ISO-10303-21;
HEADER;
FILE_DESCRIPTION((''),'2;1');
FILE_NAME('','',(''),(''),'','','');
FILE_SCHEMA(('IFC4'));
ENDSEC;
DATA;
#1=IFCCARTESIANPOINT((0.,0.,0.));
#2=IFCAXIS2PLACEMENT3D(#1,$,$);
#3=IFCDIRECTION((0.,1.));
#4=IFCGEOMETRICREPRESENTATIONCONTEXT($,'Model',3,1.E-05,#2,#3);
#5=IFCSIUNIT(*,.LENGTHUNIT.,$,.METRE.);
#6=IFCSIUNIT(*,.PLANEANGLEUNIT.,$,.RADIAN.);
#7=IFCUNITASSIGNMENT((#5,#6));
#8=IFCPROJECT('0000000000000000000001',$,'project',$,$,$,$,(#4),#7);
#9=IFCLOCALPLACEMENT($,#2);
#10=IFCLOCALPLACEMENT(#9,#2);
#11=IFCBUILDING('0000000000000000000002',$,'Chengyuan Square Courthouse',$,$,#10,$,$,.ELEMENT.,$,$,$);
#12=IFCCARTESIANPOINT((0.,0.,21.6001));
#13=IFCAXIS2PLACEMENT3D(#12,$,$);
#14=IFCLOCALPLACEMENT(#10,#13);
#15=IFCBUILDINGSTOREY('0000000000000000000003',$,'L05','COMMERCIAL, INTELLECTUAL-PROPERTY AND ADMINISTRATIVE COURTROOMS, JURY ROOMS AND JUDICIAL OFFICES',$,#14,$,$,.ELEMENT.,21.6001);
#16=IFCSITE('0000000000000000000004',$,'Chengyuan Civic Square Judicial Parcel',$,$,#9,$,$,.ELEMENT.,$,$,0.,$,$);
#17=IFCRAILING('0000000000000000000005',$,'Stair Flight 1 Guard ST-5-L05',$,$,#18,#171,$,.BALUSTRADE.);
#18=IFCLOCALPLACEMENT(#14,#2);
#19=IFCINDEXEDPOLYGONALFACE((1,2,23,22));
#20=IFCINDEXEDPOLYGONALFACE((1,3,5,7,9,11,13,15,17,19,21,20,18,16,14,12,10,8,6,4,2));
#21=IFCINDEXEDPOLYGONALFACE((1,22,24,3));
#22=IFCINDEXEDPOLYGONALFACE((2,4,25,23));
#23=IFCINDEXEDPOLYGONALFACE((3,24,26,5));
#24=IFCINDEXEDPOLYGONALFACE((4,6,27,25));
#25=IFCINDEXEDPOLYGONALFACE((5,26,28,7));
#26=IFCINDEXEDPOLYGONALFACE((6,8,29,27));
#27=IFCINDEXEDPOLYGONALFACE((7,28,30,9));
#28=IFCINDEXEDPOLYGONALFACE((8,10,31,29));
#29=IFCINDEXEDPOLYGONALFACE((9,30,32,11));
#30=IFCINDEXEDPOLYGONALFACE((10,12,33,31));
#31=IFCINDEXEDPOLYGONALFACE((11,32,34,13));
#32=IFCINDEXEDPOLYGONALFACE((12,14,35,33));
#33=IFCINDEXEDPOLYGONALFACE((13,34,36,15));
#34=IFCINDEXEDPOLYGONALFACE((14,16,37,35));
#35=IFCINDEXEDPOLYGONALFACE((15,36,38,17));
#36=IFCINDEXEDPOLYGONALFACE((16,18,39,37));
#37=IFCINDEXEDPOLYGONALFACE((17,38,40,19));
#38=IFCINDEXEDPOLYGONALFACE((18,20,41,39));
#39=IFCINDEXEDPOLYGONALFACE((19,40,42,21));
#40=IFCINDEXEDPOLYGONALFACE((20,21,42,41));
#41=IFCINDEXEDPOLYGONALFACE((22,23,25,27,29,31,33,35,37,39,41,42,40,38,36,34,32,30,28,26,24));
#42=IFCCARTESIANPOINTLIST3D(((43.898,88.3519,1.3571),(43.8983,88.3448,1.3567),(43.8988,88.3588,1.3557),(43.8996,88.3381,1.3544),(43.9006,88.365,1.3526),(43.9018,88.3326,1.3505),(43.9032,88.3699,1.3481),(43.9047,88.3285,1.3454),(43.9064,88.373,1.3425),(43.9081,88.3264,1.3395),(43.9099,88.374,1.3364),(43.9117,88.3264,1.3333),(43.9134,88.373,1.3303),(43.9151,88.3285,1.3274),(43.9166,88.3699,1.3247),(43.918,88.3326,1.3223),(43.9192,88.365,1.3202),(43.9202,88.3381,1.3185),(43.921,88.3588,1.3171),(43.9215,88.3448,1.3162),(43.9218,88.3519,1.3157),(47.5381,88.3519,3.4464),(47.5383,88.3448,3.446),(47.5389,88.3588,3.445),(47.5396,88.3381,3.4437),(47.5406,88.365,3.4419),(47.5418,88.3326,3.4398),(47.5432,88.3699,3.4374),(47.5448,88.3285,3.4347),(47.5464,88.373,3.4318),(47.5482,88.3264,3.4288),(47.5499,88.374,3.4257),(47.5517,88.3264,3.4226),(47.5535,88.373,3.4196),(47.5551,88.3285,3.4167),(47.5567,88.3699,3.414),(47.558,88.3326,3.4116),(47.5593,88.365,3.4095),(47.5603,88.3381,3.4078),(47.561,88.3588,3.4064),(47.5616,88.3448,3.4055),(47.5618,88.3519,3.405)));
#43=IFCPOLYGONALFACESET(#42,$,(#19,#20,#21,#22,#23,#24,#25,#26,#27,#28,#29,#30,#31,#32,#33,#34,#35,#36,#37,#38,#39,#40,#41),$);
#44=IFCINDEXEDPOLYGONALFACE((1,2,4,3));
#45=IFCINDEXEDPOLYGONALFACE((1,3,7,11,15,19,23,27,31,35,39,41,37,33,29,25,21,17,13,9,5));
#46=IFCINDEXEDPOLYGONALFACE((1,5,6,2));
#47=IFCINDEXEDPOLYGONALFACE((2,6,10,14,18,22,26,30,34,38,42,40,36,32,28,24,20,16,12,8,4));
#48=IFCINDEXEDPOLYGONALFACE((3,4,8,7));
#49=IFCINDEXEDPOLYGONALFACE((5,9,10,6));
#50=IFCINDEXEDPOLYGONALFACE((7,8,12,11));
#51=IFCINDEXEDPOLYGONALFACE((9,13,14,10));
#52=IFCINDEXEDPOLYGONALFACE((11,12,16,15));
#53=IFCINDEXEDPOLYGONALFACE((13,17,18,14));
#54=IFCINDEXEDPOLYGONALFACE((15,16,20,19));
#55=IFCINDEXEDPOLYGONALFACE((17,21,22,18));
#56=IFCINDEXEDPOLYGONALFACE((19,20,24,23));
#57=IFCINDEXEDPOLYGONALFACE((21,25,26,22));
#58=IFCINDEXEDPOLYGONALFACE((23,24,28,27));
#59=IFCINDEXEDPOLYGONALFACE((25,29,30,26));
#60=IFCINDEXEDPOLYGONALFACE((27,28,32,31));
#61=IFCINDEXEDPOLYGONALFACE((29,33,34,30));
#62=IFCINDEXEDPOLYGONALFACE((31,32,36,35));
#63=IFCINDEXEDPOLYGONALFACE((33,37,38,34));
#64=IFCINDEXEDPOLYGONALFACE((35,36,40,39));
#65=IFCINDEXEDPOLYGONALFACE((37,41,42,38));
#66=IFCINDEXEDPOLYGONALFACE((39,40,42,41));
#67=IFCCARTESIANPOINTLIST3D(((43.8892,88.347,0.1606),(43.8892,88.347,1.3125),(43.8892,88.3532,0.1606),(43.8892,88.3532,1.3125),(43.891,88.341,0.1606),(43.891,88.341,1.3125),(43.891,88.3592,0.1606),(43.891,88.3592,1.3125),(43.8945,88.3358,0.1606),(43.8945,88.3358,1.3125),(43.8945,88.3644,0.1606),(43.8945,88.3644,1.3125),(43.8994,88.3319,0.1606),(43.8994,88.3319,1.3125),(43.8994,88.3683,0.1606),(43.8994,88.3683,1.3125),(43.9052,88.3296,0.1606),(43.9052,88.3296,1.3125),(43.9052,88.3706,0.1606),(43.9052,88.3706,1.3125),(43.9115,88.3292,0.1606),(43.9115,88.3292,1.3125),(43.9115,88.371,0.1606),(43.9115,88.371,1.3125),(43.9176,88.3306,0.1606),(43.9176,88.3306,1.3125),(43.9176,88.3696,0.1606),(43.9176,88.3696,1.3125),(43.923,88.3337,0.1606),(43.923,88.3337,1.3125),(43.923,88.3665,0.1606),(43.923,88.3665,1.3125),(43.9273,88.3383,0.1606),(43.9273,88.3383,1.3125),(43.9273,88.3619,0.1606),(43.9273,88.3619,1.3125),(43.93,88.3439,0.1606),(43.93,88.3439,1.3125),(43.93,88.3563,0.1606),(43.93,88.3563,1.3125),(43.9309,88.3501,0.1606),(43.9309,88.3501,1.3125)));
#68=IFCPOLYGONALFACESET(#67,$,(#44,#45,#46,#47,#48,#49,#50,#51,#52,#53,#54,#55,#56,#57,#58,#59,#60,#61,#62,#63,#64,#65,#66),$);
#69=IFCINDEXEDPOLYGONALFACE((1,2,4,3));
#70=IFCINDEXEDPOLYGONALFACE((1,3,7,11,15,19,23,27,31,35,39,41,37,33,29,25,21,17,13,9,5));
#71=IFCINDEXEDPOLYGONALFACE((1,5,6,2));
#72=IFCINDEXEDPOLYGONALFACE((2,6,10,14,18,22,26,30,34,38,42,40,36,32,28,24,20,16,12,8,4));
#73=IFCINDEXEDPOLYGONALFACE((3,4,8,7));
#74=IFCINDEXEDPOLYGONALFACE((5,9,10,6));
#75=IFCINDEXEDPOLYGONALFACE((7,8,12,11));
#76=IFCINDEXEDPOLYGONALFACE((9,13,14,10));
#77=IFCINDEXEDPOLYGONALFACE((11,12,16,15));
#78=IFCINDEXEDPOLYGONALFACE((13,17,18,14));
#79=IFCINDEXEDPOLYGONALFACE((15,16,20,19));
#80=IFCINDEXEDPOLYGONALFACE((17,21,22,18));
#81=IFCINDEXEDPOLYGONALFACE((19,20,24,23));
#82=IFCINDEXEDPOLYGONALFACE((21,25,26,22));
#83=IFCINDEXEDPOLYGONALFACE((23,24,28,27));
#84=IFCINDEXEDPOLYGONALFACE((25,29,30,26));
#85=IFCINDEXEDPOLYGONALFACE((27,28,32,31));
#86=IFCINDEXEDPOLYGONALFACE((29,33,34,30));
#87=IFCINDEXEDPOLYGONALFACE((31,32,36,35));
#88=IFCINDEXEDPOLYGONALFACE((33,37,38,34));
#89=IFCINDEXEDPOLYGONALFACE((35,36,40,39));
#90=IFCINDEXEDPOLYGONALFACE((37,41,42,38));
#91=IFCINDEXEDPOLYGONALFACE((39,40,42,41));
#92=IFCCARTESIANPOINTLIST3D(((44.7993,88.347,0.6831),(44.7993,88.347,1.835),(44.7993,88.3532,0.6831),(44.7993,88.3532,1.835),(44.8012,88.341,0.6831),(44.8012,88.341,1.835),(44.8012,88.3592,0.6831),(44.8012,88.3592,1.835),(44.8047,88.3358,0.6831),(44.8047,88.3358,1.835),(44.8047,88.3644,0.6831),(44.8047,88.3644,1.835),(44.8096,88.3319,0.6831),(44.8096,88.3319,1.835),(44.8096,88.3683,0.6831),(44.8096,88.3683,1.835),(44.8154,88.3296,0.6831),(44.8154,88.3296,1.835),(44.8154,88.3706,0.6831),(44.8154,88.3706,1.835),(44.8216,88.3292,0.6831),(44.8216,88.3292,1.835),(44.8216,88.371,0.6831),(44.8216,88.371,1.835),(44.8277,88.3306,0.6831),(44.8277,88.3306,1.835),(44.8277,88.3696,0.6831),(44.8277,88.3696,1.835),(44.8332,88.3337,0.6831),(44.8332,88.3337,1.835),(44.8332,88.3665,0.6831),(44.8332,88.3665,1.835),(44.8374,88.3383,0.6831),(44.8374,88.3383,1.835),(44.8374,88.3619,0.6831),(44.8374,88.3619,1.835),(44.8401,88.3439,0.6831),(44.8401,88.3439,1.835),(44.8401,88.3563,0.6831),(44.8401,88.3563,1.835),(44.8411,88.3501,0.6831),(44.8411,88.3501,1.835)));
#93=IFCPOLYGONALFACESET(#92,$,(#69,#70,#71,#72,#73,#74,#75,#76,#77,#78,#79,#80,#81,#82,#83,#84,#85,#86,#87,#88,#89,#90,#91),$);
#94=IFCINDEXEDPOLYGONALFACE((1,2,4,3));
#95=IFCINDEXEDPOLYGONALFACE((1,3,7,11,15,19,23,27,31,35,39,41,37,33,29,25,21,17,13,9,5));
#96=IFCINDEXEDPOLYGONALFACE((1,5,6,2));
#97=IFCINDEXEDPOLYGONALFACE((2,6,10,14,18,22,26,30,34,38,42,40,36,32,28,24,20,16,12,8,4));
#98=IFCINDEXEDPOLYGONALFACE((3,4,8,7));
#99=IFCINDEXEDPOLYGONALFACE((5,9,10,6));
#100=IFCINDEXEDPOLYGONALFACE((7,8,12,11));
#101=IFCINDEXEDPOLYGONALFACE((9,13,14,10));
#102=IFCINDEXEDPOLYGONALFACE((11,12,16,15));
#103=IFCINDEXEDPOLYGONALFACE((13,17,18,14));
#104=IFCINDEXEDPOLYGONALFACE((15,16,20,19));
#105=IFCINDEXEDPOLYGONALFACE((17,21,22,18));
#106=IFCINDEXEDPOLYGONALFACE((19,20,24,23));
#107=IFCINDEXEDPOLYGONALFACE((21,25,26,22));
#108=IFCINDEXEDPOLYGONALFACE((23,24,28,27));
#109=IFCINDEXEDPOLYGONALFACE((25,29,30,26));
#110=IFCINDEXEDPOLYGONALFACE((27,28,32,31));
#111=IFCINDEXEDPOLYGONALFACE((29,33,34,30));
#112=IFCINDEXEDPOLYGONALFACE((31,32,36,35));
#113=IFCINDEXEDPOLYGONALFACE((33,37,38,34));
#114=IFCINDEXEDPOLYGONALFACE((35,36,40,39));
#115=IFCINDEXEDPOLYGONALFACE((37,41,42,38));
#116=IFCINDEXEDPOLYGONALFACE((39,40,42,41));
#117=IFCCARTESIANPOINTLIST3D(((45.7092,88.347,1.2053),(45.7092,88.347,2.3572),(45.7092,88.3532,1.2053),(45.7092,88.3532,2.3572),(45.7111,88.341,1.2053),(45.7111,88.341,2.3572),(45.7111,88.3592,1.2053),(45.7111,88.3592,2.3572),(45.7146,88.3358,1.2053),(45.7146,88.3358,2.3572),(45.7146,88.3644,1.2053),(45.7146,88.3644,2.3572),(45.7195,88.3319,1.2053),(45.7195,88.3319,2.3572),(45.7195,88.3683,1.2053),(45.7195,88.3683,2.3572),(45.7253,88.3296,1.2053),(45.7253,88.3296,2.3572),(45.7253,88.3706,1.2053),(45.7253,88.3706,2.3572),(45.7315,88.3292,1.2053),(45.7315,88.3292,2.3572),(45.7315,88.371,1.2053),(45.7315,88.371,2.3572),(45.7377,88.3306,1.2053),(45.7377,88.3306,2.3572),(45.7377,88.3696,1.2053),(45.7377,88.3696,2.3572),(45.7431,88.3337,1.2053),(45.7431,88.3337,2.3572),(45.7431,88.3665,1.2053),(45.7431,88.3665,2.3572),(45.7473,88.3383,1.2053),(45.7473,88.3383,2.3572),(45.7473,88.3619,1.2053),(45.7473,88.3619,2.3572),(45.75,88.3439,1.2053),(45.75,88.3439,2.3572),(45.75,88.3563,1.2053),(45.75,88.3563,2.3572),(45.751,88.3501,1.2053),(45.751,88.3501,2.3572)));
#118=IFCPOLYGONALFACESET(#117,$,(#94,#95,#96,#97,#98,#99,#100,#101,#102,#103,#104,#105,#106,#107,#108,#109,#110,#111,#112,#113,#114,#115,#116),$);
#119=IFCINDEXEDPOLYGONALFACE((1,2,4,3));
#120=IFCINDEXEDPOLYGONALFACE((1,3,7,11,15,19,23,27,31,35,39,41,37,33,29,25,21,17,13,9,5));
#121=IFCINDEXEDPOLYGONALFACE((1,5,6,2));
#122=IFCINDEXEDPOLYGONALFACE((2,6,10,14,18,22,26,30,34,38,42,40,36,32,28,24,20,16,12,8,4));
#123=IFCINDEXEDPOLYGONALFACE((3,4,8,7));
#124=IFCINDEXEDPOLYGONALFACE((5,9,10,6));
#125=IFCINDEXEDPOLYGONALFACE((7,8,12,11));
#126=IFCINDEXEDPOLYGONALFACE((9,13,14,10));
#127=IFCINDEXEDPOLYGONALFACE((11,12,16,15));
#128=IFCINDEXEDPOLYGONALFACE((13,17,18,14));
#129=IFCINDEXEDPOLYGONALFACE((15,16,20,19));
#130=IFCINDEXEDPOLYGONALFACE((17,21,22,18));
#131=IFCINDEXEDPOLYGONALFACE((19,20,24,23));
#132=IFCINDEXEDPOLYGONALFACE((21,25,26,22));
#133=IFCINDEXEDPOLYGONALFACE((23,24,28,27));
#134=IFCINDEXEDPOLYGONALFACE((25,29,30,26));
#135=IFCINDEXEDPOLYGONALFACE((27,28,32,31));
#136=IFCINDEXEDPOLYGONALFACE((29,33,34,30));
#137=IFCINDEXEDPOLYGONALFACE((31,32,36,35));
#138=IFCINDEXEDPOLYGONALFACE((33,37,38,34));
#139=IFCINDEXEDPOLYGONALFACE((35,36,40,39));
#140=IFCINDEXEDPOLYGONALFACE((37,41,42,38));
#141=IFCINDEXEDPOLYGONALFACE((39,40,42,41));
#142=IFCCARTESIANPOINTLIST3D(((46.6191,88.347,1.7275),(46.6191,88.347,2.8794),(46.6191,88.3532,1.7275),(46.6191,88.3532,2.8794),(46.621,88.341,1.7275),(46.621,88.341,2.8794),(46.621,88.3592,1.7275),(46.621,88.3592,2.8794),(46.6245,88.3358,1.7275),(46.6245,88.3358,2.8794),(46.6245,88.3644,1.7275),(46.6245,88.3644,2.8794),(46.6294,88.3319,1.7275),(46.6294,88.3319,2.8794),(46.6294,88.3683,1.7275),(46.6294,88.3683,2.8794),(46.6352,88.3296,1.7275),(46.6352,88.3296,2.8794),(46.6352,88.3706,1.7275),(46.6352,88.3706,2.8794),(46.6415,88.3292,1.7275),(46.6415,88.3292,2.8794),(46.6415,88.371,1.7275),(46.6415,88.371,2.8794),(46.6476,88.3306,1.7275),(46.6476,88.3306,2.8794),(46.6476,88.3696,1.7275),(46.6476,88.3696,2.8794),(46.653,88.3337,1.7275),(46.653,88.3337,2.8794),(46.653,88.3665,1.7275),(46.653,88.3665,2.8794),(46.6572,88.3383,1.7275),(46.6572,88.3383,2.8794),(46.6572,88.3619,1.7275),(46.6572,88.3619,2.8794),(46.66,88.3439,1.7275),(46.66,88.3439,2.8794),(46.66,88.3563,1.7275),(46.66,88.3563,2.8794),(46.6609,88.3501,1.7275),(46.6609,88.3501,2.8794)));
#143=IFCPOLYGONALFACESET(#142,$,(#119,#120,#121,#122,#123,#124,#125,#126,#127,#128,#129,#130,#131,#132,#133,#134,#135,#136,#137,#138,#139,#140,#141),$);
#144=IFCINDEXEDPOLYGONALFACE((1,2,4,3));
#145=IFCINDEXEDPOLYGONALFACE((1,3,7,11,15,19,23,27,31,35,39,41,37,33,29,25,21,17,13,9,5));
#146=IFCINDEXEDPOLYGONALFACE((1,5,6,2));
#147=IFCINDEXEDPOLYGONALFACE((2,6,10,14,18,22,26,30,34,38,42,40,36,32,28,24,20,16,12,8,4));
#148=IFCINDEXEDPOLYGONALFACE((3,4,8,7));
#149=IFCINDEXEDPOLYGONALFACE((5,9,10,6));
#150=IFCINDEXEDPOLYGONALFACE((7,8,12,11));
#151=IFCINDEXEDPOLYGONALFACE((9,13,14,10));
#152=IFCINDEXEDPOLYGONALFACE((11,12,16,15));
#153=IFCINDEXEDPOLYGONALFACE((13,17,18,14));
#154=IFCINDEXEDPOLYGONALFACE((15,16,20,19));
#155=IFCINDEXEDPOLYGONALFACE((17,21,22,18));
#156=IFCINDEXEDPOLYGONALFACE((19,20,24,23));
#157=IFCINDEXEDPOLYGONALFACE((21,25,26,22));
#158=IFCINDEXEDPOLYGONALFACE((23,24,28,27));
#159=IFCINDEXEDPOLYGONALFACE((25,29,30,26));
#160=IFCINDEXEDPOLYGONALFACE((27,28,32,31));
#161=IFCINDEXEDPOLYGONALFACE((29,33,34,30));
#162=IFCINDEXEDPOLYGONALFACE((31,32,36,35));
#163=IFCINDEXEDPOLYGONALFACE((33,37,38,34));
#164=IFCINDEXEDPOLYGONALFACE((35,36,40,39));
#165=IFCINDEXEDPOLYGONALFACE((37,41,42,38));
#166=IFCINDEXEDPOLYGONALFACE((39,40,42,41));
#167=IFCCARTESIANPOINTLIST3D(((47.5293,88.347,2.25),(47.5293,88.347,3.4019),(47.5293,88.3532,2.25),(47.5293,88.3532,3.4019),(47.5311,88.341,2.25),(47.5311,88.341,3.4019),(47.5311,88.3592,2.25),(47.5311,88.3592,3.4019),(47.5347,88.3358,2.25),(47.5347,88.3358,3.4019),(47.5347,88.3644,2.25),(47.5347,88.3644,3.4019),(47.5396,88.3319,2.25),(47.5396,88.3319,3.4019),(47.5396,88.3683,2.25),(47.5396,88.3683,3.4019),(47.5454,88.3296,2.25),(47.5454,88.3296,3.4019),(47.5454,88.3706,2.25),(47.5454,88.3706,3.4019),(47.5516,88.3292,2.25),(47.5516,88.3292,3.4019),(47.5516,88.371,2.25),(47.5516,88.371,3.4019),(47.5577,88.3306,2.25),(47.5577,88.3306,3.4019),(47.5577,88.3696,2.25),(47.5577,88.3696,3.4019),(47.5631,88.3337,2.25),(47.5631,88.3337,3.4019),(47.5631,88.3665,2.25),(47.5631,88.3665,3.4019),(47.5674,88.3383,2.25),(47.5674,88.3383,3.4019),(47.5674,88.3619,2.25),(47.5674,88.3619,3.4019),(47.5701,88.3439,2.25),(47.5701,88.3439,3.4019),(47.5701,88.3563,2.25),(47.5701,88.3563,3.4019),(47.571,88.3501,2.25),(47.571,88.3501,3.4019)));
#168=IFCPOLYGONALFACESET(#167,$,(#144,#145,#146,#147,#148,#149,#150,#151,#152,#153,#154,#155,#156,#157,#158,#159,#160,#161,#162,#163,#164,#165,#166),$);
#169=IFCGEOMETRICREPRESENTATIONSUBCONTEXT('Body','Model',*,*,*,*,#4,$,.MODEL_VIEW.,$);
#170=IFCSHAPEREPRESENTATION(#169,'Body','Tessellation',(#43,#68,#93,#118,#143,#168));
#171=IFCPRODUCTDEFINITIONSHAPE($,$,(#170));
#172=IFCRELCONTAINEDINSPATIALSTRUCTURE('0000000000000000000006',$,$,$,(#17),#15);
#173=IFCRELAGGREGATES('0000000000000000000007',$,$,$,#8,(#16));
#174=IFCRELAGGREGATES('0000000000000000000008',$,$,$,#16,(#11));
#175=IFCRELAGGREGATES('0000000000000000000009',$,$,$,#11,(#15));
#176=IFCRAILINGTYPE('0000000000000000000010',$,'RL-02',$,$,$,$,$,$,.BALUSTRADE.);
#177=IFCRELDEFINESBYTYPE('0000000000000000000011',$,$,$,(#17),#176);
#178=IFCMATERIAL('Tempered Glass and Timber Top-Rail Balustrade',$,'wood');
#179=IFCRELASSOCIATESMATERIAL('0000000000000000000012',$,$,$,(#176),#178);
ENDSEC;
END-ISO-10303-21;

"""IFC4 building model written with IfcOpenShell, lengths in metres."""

from ifc_helpers import new_model, si_unit, direction, frame, origin, origin_2d, place, context, subcontext, project, spatial, circle, extrude, material, type_object, element, save


model = new_model("IFC4")

# Units and contexts
model_context = context("Model", 3, precision=1e-05, world=origin(), true_north=direction((0.0, 1.0)))
body_context = subcontext(model_context, "Body", "Model", "MODEL_VIEW")
ifc_project = project(units=[si_unit("LENGTHUNIT", "METRE"), si_unit("PLANEANGLEUNIT", "RADIAN")], contexts=[model_context])

# Site, building, storey
site_placement = place(None, origin())
site = spatial("IfcSite", under=ifc_project, at=site_placement, Name="Chengyuan Civic Square Judicial Parcel", CompositionType="ELEMENT", RefElevation=0.0)
building_placement = place(site_placement, origin())
building = spatial("IfcBuilding", under=site, at=building_placement, Name="Chengyuan Square Courthouse", CompositionType="ELEMENT")
storey_placement = place(building_placement, frame((0.0, 0.0, 21.6001)))
storey = spatial("IfcBuildingStorey", under=building, at=storey_placement, Name="L05", Description="COMMERCIAL, INTELLECTUAL-PROPERTY AND ADMINISTRATIVE COURTROOMS, JURY ROOMS AND JUDICIAL OFFICES", CompositionType="ELEMENT", Elevation=21.6001)

# Railing
ifc_material_1 = material(Name="Tempered Glass and Timber Top-Rail Balustrade", Category="wood")
railing_type = type_object("IfcRailingType", Name="RL-02", PredefinedType="BALUSTRADE", material=ifc_material_1)
railing_1_placement = place(storey_placement, frame((43.9099, 88.3501, 0.1606)))
element("IfcRailing", 1, at=railing_1_placement, inside=storey, type_object=railing_type, Name="Stair Flight 1 Guard ST-5-L05", PredefinedType="BALUSTRADE", context=body_context, shape_type="SweptSolid", body=[
    extrude(circle(Radius=0.0239, at=origin_2d()), frame((0.0, 0.0, 1.1758), z_axis=(0.867289, 0.0, 0.497804), x_axis=(0.0, 1.0, 0.0)), (0.0, 0.0, 1.0), 4.197),
    extrude(circle(Radius=0.021, at=origin_2d()), origin(), (0.0, 0.0, 1.0), 1.1519),
    extrude(circle(Radius=0.021, at=origin_2d()), frame((0.9102, 0.0, 0.5225)), (0.0, 0.0, 1.0), 1.1519),
    extrude(circle(Radius=0.021, at=origin_2d()), frame((1.8201, 0.0, 1.0447)), (0.0, 0.0, 1.0), 1.1519),
    extrude(circle(Radius=0.021, at=origin_2d()), frame((2.73, 0.0, 1.5669)), (0.0, 0.0, 1.0), 1.1519),
    extrude(circle(Radius=0.021, at=origin_2d()), frame((3.6401, 0.0, 2.0894)), (0.0, 0.0, 1.0), 1.1519),
])

save(model, "model.ifc")
